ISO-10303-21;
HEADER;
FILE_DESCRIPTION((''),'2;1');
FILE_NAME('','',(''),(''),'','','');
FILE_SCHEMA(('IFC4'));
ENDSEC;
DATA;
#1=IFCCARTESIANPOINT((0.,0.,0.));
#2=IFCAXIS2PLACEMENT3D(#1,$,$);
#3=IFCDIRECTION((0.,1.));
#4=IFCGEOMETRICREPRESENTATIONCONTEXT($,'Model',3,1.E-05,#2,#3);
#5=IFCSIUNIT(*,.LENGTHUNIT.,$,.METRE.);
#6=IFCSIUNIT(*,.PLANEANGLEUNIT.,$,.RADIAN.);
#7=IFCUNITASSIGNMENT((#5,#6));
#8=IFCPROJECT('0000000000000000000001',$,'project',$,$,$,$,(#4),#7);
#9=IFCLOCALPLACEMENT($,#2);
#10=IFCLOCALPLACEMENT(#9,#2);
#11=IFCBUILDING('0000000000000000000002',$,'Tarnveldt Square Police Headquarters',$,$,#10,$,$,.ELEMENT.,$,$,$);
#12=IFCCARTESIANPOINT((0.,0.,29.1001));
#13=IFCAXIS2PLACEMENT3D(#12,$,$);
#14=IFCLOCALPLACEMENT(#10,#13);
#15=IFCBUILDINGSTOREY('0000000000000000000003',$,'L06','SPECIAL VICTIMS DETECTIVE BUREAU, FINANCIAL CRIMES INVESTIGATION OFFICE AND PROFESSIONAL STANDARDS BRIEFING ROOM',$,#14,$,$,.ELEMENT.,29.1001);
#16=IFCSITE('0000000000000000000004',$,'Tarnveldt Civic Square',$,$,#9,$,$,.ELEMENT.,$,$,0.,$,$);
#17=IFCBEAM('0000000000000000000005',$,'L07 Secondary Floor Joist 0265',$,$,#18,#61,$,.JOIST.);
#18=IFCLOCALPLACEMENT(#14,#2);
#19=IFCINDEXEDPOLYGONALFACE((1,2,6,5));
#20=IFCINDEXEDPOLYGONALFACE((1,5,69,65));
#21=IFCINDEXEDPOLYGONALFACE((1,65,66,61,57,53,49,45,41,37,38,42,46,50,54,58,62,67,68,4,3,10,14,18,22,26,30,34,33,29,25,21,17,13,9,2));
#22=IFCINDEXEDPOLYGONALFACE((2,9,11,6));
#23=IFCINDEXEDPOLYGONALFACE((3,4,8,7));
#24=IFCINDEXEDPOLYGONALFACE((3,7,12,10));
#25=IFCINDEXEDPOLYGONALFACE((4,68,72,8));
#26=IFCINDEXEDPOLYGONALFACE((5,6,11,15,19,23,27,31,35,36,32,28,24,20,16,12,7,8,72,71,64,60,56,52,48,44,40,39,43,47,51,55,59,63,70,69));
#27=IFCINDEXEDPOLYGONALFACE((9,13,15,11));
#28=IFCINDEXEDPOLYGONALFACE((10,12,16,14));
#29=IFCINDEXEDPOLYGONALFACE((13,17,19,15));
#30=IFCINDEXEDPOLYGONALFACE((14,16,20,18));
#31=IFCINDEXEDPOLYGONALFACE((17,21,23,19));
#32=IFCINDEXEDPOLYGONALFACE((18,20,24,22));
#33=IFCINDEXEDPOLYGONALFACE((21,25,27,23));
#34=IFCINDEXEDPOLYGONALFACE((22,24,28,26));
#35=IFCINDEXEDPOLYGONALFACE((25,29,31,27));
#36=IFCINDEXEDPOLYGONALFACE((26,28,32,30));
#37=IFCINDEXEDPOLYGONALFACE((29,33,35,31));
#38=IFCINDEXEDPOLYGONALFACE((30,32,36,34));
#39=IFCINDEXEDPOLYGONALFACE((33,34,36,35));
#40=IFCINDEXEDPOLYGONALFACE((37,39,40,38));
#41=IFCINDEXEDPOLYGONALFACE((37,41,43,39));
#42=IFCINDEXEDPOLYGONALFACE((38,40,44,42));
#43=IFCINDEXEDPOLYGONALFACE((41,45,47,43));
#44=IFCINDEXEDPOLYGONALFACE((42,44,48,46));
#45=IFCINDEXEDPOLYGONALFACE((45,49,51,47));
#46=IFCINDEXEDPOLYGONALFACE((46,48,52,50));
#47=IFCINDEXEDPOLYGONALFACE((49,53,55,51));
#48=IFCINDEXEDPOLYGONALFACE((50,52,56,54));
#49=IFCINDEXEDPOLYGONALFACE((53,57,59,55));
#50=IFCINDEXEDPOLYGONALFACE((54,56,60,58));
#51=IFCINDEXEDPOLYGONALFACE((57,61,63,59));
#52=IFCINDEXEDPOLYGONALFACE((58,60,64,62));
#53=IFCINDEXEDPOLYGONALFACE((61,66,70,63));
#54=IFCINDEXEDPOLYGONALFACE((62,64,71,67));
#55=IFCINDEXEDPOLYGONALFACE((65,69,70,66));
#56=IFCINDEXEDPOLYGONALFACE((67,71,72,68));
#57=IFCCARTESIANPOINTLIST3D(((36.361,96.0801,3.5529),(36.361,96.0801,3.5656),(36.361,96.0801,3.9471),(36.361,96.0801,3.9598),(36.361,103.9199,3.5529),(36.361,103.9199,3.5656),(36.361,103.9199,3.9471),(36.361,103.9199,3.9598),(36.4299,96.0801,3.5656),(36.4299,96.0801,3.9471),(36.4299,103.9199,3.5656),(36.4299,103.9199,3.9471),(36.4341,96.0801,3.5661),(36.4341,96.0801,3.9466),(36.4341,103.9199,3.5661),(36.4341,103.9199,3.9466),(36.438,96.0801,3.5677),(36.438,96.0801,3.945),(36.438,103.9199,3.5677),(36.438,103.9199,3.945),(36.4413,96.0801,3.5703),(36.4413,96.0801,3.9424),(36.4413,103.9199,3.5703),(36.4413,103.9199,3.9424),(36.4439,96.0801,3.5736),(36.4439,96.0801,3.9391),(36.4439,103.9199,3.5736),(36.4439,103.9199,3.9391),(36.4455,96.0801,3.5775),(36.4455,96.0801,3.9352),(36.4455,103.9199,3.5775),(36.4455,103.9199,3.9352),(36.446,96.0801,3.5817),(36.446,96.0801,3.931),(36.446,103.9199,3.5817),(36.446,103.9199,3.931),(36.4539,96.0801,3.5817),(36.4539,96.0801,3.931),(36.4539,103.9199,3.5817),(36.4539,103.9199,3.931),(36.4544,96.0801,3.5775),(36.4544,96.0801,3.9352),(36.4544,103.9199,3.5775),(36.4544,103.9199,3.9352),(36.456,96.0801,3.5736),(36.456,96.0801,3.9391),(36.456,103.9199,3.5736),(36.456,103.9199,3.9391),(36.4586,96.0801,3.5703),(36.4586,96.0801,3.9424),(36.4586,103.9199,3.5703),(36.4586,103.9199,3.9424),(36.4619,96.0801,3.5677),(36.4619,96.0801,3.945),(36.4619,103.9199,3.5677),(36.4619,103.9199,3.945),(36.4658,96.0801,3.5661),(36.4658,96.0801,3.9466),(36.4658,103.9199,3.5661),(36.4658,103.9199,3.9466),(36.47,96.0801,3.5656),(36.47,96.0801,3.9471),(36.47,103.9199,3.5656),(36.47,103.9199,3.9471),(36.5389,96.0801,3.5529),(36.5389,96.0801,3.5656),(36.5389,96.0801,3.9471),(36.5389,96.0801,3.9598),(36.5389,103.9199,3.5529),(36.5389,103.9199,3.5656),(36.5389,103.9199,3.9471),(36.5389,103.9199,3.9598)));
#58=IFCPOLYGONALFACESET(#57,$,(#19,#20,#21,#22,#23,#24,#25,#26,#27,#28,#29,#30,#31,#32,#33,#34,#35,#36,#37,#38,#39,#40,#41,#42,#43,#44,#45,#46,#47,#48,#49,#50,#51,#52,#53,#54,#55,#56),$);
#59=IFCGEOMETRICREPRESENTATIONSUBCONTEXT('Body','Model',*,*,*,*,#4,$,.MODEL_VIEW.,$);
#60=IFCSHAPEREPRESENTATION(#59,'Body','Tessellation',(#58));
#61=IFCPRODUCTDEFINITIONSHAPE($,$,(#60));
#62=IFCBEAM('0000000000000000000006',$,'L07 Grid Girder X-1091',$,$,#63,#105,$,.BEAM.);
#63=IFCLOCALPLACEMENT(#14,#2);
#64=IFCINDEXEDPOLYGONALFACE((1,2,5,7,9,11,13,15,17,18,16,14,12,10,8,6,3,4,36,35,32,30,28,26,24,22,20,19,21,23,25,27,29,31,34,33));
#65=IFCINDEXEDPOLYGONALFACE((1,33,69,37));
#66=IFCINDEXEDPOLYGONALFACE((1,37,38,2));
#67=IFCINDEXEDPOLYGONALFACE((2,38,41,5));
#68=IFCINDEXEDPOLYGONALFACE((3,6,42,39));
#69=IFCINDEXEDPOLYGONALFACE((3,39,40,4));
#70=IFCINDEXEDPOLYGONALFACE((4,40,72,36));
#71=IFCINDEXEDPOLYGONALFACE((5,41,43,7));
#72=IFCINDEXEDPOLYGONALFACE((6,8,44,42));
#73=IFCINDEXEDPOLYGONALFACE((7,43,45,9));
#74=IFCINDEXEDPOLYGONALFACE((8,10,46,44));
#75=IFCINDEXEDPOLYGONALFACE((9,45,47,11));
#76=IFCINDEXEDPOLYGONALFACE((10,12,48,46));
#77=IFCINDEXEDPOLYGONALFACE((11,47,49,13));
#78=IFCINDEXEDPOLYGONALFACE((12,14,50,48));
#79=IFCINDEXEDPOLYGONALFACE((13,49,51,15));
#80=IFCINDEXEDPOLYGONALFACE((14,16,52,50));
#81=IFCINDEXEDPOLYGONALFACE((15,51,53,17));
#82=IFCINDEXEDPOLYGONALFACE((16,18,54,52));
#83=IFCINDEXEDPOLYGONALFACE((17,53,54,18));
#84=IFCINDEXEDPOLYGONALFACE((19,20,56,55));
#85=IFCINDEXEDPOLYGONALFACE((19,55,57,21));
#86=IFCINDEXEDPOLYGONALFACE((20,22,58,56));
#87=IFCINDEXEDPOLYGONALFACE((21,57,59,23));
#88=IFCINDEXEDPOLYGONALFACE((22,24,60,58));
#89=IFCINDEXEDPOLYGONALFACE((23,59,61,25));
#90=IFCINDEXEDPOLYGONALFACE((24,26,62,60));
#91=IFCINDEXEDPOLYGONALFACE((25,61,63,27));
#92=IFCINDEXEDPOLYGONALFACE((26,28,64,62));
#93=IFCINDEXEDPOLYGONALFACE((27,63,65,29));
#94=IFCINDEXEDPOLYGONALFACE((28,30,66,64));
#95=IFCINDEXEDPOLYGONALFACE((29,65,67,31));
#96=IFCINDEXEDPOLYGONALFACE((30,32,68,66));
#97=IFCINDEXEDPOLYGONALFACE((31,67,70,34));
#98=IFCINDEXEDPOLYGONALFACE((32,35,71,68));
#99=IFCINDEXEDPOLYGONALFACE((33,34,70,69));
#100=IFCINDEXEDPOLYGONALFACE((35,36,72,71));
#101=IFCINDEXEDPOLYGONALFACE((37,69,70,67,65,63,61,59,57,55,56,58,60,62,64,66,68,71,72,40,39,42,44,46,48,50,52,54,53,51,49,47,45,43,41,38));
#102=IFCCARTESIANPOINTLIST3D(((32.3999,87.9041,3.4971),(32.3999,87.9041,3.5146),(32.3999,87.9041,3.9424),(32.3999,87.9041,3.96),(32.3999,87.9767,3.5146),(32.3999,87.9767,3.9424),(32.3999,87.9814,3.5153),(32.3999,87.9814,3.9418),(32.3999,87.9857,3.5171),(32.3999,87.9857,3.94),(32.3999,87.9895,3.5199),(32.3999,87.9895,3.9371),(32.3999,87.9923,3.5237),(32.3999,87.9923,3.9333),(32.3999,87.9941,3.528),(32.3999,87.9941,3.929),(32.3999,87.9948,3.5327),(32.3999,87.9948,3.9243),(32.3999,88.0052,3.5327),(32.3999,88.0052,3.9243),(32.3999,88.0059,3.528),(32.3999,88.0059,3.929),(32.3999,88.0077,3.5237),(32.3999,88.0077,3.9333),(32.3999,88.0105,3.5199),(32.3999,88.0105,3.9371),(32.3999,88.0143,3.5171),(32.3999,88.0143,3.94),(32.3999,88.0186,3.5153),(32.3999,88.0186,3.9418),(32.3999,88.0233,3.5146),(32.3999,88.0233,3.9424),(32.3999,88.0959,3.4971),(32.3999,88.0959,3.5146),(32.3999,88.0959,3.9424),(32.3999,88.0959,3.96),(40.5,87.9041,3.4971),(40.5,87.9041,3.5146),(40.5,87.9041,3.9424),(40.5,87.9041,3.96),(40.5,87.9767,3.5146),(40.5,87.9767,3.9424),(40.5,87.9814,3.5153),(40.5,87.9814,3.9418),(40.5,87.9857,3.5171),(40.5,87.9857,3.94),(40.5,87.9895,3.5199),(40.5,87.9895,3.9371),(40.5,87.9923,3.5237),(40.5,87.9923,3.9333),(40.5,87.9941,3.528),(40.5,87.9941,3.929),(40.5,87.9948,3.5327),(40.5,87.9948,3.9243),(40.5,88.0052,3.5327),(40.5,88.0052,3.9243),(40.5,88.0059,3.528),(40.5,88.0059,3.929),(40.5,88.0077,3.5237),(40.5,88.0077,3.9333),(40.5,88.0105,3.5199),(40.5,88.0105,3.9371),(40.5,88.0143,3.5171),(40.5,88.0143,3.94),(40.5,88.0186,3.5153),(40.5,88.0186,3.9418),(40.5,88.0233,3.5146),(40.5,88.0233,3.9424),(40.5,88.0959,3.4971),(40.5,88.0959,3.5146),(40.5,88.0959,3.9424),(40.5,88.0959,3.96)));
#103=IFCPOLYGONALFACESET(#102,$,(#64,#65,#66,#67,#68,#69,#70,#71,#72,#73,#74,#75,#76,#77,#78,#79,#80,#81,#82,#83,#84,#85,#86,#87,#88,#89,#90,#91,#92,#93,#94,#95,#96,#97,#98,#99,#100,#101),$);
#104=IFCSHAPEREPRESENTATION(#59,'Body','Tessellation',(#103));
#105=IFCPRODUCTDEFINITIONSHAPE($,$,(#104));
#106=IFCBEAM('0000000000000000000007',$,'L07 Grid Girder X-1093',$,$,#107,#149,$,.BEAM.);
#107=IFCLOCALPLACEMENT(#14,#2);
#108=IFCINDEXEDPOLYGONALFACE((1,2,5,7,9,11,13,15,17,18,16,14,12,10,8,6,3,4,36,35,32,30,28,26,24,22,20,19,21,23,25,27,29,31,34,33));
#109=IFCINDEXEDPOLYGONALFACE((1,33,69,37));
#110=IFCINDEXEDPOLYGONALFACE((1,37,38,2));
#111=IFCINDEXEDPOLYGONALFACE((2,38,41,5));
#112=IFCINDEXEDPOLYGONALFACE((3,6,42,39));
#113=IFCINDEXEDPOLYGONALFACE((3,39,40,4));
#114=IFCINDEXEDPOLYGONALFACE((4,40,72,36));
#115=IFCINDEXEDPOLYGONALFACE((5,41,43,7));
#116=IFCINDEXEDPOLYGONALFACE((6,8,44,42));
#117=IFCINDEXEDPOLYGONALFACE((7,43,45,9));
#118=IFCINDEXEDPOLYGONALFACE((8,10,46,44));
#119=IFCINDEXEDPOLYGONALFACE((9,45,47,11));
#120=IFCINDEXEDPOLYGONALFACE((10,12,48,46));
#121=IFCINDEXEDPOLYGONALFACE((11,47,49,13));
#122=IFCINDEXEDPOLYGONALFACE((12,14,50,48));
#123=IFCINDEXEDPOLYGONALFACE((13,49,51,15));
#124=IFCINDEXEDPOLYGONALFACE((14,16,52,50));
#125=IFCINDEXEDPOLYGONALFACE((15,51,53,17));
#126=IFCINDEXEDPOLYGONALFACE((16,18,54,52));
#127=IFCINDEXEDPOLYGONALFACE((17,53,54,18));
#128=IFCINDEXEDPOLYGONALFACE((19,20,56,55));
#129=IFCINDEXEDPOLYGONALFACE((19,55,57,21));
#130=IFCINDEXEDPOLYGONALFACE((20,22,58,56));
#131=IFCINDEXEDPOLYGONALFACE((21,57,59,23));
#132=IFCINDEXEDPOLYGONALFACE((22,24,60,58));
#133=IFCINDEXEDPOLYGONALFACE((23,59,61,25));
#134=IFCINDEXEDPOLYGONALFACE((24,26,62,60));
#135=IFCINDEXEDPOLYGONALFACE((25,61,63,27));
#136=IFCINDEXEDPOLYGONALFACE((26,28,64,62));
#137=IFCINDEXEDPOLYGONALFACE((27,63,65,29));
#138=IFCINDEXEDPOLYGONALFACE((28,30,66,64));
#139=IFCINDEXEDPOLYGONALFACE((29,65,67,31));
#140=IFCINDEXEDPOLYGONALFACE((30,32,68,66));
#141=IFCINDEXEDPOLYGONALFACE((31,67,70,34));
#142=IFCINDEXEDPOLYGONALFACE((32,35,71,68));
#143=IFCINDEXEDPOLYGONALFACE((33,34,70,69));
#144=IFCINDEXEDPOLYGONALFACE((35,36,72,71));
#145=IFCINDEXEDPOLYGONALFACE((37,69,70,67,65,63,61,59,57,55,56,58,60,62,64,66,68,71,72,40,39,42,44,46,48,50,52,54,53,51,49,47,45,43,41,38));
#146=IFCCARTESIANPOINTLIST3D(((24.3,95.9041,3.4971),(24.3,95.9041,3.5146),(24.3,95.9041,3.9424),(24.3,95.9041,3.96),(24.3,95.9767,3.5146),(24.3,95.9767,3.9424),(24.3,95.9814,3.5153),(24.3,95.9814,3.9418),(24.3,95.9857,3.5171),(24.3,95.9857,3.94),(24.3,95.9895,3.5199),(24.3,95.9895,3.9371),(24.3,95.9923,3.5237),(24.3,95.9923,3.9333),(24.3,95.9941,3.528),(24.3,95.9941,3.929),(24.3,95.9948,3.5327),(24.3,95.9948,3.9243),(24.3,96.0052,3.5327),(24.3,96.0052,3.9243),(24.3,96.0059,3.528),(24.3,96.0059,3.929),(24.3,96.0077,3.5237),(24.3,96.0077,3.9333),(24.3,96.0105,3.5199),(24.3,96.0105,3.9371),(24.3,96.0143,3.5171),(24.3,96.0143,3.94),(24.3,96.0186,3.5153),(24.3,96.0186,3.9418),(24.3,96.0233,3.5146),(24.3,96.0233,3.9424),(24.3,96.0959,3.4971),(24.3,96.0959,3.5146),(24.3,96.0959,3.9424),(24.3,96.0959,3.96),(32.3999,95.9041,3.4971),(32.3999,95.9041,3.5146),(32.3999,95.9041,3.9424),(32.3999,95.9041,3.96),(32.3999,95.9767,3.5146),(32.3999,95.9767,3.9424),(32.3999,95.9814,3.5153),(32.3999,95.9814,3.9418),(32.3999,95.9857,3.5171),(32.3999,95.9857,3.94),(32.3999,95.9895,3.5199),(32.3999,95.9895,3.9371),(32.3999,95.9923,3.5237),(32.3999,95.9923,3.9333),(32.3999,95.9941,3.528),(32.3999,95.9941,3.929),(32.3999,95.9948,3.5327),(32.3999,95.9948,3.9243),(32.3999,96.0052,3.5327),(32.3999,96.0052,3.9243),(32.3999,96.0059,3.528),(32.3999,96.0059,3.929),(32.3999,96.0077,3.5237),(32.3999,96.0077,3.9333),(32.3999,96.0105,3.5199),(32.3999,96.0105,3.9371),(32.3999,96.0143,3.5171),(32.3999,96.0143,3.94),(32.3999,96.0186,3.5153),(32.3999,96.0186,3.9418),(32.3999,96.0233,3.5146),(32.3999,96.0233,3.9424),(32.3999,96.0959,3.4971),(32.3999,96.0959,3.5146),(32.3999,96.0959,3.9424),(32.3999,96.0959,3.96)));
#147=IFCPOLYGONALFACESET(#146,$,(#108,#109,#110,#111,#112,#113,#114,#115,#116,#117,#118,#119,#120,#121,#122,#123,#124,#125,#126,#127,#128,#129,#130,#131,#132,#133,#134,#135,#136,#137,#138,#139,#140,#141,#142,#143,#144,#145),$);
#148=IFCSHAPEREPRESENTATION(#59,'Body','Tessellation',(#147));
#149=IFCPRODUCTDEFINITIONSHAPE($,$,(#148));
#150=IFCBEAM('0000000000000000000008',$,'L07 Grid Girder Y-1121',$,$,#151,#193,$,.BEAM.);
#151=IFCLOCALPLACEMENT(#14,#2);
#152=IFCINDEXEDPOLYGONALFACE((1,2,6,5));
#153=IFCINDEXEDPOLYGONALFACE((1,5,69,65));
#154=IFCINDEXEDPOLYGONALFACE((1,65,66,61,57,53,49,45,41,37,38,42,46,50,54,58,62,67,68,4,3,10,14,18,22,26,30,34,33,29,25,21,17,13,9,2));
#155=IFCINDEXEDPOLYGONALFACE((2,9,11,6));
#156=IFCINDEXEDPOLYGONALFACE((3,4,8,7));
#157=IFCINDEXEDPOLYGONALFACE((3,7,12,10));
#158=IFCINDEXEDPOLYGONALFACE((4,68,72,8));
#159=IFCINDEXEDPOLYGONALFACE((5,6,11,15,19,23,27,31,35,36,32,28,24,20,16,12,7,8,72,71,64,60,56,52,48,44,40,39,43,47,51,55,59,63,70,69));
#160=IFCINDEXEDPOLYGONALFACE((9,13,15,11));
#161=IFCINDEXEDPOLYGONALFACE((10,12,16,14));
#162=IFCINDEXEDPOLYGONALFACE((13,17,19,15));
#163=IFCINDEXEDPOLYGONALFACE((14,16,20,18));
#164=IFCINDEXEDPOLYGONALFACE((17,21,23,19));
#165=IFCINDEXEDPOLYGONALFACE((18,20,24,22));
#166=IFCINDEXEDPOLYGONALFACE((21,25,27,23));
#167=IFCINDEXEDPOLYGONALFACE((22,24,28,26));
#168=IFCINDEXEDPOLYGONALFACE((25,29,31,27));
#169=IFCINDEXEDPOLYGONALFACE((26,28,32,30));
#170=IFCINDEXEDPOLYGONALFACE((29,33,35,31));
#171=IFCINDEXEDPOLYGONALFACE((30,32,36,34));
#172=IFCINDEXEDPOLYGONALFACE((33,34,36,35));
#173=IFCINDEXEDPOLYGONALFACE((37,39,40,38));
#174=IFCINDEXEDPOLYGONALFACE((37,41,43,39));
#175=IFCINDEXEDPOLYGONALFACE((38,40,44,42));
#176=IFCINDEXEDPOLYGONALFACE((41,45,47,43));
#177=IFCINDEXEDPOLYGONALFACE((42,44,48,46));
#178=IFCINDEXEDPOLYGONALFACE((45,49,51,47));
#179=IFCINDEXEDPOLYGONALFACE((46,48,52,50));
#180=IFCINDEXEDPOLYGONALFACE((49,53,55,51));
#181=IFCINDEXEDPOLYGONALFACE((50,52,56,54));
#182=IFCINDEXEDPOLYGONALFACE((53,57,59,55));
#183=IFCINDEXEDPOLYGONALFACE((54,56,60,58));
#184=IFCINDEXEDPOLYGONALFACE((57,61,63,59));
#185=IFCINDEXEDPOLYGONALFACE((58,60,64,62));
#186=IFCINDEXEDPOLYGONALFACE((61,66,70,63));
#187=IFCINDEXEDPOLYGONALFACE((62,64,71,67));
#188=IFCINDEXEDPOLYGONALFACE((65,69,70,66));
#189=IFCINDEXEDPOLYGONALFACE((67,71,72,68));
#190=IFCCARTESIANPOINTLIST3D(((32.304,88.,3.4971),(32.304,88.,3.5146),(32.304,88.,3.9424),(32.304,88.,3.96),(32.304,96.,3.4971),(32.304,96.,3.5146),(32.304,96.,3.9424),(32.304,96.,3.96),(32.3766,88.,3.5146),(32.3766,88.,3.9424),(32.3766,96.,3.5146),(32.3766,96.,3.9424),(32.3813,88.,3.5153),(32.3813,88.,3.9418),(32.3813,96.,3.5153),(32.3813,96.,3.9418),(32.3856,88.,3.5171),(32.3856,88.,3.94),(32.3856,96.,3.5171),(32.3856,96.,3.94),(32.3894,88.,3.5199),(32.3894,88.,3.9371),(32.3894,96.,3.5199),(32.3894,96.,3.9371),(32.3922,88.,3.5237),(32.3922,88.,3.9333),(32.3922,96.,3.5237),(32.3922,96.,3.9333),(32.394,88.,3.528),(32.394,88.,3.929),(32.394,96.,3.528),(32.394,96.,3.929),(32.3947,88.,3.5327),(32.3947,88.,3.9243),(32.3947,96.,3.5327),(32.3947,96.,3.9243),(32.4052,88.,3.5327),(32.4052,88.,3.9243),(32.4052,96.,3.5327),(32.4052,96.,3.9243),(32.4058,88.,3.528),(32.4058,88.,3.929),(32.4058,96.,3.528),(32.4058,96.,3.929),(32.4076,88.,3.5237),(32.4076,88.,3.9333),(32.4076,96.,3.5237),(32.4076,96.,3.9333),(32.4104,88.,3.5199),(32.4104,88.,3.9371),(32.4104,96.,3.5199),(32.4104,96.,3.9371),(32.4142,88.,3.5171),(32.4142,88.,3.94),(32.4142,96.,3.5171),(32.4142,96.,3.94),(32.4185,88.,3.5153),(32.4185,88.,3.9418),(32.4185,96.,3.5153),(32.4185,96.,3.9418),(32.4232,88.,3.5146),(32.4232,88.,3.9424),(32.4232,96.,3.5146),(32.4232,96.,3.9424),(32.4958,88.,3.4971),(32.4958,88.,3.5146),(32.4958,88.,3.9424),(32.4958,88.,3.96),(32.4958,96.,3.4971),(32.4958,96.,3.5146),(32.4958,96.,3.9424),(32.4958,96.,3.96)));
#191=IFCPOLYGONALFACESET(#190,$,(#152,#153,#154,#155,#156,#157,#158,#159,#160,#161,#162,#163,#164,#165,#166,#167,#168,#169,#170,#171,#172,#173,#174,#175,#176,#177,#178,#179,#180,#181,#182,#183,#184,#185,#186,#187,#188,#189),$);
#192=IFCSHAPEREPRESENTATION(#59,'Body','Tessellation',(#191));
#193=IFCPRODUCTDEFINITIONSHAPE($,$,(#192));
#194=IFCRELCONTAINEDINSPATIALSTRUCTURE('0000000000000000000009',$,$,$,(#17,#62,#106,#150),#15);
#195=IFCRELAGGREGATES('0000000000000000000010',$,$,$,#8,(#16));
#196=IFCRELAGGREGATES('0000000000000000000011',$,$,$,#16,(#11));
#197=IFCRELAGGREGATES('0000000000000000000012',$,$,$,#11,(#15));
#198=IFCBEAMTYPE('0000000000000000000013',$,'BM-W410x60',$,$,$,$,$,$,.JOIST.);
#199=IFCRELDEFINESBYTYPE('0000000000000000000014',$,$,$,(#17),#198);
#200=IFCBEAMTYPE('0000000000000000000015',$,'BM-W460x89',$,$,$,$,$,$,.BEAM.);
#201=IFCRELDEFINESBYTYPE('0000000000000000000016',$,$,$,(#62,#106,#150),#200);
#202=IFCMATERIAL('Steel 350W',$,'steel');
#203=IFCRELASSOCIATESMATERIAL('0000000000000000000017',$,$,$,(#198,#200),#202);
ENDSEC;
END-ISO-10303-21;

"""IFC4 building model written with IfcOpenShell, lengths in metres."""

from ifc_helpers import new_model, si_unit, direction, frame, origin, origin_2d, place, context, subcontext, project, spatial, i_section, extrude, material, material_profile, profile_set, type_object, element, save


model = new_model("IFC4")

# Units and contexts
model_context = context("Model", 3, precision=1e-05, world=origin(), true_north=direction((0.0, 1.0)))
body_context = subcontext(model_context, "Body", "Model", "MODEL_VIEW")
ifc_project = project(units=[si_unit("LENGTHUNIT", "METRE"), si_unit("PLANEANGLEUNIT", "RADIAN")], contexts=[model_context])

# Site, building, storey
site_placement = place(None, origin())
site = spatial("IfcSite", under=ifc_project, at=site_placement, Name="Tarnveldt Civic Square", CompositionType="ELEMENT", RefElevation=0.0)
building_placement = place(site_placement, origin())
building = spatial("IfcBuilding", under=site, at=building_placement, Name="Tarnveldt Square Police Headquarters", CompositionType="ELEMENT")
storey_placement = place(building_placement, frame((0.0, 0.0, 29.1001)))
storey = spatial("IfcBuildingStorey", under=building, at=storey_placement, Name="L06", Description="SPECIAL VICTIMS DETECTIVE BUREAU, FINANCIAL CRIMES INVESTIGATION OFFICE AND PROFESSIONAL STANDARDS BRIEFING ROOM", CompositionType="ELEMENT", Elevation=29.1001)

# Beams
ifc_material_1 = material(Name="Steel 350W", Category="steel")
ifc_material_profile_1 = material_profile(ifc_material_1, i_section(OverallWidth=0.178, OverallDepth=0.407, WebThickness=0.0078, FlangeThickness=0.0127, FilletRadius=0.0161, at=origin_2d()), Name="W410x60")
ifc_profile_set_1 = profile_set([ifc_material_profile_1], Name="Steel 350W")
beam_type_1 = type_object("IfcBeamType", Name="BM-W410x60", PredefinedType="JOIST", material=ifc_profile_set_1)
beam_1_placement = place(storey_placement, frame((36.45, 96.0801, 3.7563), z_axis=(0.0, 1.0, 0.0), x_axis=(-1.0, 0.0, 0.0)))
element("IfcBeam", 1, at=beam_1_placement, inside=storey, type_object=beam_type_1, Name="L07 Secondary Floor Joist 0265", PredefinedType="JOIST", context=body_context, shape_type="SweptSolid", body=[
    extrude(i_section(OverallWidth=0.178, OverallDepth=0.407, WebThickness=0.0078, FlangeThickness=0.0127, FilletRadius=0.0161, at=origin_2d()), origin(), (0.0, 0.0, 1.0), 7.8398),
])
ifc_material_profile_2 = material_profile(ifc_material_1, i_section(OverallWidth=0.1919, OverallDepth=0.4629, WebThickness=0.0105, FlangeThickness=0.0176, FilletRadius=0.0181, at=origin_2d()), Name="W460x89")
ifc_profile_set_2 = profile_set([ifc_material_profile_2], Name="Steel 350W")
beam_type_2 = type_object("IfcBeamType", Name="BM-W460x89", PredefinedType="BEAM", material=ifc_profile_set_2)
beam_2_placement = place(storey_placement, frame((32.3999, 88.0, 3.7285), z_axis=(1.0, 0.0, 0.0), x_axis=(0.0, 1.0, 0.0)))
element("IfcBeam", 2, at=beam_2_placement, inside=storey, type_object=beam_type_2, Name="L07 Grid Girder X-1091", PredefinedType="BEAM", context=body_context, shape_type="SweptSolid", body=[
    extrude(i_section(OverallWidth=0.1919, OverallDepth=0.4629, WebThickness=0.0105, FlangeThickness=0.0176, FilletRadius=0.0181, at=origin_2d()), origin(), (0.0, 0.0, 1.0), 8.1001),
])
beam_3_placement = place(storey_placement, frame((24.3, 96.0, 3.7285), z_axis=(1.0, 0.0, 0.0), x_axis=(0.0, 1.0, 0.0)))
element("IfcBeam", 3, at=beam_3_placement, inside=storey, type_object=beam_type_2, Name="L07 Grid Girder X-1093", PredefinedType="BEAM", context=body_context, shape_type="SweptSolid", body=[
    extrude(i_section(OverallWidth=0.1919, OverallDepth=0.4629, WebThickness=0.0105, FlangeThickness=0.0176, FilletRadius=0.0181, at=origin_2d()), origin(), (0.0, 0.0, 1.0), 8.0999),
])
for number, where, z_axis, x_axis, name in (
    (4, (32.3999, 88.0, 3.7285), (0.0, 1.0, 0.0), (-1.0, 0.0, 0.0), "L07 Grid Girder Y-1121"),
):
    element("IfcBeam", number, at=place(storey_placement, frame(where, z_axis=z_axis, x_axis=x_axis)), inside=storey, type_object=beam_type_2, Name=name, PredefinedType="BEAM", context=body_context, shape_type="SweptSolid", body=[
        extrude(i_section(OverallWidth=0.1919, OverallDepth=0.4629, WebThickness=0.0105, FlangeThickness=0.0176, FilletRadius=0.0181, at=origin_2d()), origin(), (0.0, 0.0, 1.0), 8.0),
    ])

save(model, "model.ifc")
